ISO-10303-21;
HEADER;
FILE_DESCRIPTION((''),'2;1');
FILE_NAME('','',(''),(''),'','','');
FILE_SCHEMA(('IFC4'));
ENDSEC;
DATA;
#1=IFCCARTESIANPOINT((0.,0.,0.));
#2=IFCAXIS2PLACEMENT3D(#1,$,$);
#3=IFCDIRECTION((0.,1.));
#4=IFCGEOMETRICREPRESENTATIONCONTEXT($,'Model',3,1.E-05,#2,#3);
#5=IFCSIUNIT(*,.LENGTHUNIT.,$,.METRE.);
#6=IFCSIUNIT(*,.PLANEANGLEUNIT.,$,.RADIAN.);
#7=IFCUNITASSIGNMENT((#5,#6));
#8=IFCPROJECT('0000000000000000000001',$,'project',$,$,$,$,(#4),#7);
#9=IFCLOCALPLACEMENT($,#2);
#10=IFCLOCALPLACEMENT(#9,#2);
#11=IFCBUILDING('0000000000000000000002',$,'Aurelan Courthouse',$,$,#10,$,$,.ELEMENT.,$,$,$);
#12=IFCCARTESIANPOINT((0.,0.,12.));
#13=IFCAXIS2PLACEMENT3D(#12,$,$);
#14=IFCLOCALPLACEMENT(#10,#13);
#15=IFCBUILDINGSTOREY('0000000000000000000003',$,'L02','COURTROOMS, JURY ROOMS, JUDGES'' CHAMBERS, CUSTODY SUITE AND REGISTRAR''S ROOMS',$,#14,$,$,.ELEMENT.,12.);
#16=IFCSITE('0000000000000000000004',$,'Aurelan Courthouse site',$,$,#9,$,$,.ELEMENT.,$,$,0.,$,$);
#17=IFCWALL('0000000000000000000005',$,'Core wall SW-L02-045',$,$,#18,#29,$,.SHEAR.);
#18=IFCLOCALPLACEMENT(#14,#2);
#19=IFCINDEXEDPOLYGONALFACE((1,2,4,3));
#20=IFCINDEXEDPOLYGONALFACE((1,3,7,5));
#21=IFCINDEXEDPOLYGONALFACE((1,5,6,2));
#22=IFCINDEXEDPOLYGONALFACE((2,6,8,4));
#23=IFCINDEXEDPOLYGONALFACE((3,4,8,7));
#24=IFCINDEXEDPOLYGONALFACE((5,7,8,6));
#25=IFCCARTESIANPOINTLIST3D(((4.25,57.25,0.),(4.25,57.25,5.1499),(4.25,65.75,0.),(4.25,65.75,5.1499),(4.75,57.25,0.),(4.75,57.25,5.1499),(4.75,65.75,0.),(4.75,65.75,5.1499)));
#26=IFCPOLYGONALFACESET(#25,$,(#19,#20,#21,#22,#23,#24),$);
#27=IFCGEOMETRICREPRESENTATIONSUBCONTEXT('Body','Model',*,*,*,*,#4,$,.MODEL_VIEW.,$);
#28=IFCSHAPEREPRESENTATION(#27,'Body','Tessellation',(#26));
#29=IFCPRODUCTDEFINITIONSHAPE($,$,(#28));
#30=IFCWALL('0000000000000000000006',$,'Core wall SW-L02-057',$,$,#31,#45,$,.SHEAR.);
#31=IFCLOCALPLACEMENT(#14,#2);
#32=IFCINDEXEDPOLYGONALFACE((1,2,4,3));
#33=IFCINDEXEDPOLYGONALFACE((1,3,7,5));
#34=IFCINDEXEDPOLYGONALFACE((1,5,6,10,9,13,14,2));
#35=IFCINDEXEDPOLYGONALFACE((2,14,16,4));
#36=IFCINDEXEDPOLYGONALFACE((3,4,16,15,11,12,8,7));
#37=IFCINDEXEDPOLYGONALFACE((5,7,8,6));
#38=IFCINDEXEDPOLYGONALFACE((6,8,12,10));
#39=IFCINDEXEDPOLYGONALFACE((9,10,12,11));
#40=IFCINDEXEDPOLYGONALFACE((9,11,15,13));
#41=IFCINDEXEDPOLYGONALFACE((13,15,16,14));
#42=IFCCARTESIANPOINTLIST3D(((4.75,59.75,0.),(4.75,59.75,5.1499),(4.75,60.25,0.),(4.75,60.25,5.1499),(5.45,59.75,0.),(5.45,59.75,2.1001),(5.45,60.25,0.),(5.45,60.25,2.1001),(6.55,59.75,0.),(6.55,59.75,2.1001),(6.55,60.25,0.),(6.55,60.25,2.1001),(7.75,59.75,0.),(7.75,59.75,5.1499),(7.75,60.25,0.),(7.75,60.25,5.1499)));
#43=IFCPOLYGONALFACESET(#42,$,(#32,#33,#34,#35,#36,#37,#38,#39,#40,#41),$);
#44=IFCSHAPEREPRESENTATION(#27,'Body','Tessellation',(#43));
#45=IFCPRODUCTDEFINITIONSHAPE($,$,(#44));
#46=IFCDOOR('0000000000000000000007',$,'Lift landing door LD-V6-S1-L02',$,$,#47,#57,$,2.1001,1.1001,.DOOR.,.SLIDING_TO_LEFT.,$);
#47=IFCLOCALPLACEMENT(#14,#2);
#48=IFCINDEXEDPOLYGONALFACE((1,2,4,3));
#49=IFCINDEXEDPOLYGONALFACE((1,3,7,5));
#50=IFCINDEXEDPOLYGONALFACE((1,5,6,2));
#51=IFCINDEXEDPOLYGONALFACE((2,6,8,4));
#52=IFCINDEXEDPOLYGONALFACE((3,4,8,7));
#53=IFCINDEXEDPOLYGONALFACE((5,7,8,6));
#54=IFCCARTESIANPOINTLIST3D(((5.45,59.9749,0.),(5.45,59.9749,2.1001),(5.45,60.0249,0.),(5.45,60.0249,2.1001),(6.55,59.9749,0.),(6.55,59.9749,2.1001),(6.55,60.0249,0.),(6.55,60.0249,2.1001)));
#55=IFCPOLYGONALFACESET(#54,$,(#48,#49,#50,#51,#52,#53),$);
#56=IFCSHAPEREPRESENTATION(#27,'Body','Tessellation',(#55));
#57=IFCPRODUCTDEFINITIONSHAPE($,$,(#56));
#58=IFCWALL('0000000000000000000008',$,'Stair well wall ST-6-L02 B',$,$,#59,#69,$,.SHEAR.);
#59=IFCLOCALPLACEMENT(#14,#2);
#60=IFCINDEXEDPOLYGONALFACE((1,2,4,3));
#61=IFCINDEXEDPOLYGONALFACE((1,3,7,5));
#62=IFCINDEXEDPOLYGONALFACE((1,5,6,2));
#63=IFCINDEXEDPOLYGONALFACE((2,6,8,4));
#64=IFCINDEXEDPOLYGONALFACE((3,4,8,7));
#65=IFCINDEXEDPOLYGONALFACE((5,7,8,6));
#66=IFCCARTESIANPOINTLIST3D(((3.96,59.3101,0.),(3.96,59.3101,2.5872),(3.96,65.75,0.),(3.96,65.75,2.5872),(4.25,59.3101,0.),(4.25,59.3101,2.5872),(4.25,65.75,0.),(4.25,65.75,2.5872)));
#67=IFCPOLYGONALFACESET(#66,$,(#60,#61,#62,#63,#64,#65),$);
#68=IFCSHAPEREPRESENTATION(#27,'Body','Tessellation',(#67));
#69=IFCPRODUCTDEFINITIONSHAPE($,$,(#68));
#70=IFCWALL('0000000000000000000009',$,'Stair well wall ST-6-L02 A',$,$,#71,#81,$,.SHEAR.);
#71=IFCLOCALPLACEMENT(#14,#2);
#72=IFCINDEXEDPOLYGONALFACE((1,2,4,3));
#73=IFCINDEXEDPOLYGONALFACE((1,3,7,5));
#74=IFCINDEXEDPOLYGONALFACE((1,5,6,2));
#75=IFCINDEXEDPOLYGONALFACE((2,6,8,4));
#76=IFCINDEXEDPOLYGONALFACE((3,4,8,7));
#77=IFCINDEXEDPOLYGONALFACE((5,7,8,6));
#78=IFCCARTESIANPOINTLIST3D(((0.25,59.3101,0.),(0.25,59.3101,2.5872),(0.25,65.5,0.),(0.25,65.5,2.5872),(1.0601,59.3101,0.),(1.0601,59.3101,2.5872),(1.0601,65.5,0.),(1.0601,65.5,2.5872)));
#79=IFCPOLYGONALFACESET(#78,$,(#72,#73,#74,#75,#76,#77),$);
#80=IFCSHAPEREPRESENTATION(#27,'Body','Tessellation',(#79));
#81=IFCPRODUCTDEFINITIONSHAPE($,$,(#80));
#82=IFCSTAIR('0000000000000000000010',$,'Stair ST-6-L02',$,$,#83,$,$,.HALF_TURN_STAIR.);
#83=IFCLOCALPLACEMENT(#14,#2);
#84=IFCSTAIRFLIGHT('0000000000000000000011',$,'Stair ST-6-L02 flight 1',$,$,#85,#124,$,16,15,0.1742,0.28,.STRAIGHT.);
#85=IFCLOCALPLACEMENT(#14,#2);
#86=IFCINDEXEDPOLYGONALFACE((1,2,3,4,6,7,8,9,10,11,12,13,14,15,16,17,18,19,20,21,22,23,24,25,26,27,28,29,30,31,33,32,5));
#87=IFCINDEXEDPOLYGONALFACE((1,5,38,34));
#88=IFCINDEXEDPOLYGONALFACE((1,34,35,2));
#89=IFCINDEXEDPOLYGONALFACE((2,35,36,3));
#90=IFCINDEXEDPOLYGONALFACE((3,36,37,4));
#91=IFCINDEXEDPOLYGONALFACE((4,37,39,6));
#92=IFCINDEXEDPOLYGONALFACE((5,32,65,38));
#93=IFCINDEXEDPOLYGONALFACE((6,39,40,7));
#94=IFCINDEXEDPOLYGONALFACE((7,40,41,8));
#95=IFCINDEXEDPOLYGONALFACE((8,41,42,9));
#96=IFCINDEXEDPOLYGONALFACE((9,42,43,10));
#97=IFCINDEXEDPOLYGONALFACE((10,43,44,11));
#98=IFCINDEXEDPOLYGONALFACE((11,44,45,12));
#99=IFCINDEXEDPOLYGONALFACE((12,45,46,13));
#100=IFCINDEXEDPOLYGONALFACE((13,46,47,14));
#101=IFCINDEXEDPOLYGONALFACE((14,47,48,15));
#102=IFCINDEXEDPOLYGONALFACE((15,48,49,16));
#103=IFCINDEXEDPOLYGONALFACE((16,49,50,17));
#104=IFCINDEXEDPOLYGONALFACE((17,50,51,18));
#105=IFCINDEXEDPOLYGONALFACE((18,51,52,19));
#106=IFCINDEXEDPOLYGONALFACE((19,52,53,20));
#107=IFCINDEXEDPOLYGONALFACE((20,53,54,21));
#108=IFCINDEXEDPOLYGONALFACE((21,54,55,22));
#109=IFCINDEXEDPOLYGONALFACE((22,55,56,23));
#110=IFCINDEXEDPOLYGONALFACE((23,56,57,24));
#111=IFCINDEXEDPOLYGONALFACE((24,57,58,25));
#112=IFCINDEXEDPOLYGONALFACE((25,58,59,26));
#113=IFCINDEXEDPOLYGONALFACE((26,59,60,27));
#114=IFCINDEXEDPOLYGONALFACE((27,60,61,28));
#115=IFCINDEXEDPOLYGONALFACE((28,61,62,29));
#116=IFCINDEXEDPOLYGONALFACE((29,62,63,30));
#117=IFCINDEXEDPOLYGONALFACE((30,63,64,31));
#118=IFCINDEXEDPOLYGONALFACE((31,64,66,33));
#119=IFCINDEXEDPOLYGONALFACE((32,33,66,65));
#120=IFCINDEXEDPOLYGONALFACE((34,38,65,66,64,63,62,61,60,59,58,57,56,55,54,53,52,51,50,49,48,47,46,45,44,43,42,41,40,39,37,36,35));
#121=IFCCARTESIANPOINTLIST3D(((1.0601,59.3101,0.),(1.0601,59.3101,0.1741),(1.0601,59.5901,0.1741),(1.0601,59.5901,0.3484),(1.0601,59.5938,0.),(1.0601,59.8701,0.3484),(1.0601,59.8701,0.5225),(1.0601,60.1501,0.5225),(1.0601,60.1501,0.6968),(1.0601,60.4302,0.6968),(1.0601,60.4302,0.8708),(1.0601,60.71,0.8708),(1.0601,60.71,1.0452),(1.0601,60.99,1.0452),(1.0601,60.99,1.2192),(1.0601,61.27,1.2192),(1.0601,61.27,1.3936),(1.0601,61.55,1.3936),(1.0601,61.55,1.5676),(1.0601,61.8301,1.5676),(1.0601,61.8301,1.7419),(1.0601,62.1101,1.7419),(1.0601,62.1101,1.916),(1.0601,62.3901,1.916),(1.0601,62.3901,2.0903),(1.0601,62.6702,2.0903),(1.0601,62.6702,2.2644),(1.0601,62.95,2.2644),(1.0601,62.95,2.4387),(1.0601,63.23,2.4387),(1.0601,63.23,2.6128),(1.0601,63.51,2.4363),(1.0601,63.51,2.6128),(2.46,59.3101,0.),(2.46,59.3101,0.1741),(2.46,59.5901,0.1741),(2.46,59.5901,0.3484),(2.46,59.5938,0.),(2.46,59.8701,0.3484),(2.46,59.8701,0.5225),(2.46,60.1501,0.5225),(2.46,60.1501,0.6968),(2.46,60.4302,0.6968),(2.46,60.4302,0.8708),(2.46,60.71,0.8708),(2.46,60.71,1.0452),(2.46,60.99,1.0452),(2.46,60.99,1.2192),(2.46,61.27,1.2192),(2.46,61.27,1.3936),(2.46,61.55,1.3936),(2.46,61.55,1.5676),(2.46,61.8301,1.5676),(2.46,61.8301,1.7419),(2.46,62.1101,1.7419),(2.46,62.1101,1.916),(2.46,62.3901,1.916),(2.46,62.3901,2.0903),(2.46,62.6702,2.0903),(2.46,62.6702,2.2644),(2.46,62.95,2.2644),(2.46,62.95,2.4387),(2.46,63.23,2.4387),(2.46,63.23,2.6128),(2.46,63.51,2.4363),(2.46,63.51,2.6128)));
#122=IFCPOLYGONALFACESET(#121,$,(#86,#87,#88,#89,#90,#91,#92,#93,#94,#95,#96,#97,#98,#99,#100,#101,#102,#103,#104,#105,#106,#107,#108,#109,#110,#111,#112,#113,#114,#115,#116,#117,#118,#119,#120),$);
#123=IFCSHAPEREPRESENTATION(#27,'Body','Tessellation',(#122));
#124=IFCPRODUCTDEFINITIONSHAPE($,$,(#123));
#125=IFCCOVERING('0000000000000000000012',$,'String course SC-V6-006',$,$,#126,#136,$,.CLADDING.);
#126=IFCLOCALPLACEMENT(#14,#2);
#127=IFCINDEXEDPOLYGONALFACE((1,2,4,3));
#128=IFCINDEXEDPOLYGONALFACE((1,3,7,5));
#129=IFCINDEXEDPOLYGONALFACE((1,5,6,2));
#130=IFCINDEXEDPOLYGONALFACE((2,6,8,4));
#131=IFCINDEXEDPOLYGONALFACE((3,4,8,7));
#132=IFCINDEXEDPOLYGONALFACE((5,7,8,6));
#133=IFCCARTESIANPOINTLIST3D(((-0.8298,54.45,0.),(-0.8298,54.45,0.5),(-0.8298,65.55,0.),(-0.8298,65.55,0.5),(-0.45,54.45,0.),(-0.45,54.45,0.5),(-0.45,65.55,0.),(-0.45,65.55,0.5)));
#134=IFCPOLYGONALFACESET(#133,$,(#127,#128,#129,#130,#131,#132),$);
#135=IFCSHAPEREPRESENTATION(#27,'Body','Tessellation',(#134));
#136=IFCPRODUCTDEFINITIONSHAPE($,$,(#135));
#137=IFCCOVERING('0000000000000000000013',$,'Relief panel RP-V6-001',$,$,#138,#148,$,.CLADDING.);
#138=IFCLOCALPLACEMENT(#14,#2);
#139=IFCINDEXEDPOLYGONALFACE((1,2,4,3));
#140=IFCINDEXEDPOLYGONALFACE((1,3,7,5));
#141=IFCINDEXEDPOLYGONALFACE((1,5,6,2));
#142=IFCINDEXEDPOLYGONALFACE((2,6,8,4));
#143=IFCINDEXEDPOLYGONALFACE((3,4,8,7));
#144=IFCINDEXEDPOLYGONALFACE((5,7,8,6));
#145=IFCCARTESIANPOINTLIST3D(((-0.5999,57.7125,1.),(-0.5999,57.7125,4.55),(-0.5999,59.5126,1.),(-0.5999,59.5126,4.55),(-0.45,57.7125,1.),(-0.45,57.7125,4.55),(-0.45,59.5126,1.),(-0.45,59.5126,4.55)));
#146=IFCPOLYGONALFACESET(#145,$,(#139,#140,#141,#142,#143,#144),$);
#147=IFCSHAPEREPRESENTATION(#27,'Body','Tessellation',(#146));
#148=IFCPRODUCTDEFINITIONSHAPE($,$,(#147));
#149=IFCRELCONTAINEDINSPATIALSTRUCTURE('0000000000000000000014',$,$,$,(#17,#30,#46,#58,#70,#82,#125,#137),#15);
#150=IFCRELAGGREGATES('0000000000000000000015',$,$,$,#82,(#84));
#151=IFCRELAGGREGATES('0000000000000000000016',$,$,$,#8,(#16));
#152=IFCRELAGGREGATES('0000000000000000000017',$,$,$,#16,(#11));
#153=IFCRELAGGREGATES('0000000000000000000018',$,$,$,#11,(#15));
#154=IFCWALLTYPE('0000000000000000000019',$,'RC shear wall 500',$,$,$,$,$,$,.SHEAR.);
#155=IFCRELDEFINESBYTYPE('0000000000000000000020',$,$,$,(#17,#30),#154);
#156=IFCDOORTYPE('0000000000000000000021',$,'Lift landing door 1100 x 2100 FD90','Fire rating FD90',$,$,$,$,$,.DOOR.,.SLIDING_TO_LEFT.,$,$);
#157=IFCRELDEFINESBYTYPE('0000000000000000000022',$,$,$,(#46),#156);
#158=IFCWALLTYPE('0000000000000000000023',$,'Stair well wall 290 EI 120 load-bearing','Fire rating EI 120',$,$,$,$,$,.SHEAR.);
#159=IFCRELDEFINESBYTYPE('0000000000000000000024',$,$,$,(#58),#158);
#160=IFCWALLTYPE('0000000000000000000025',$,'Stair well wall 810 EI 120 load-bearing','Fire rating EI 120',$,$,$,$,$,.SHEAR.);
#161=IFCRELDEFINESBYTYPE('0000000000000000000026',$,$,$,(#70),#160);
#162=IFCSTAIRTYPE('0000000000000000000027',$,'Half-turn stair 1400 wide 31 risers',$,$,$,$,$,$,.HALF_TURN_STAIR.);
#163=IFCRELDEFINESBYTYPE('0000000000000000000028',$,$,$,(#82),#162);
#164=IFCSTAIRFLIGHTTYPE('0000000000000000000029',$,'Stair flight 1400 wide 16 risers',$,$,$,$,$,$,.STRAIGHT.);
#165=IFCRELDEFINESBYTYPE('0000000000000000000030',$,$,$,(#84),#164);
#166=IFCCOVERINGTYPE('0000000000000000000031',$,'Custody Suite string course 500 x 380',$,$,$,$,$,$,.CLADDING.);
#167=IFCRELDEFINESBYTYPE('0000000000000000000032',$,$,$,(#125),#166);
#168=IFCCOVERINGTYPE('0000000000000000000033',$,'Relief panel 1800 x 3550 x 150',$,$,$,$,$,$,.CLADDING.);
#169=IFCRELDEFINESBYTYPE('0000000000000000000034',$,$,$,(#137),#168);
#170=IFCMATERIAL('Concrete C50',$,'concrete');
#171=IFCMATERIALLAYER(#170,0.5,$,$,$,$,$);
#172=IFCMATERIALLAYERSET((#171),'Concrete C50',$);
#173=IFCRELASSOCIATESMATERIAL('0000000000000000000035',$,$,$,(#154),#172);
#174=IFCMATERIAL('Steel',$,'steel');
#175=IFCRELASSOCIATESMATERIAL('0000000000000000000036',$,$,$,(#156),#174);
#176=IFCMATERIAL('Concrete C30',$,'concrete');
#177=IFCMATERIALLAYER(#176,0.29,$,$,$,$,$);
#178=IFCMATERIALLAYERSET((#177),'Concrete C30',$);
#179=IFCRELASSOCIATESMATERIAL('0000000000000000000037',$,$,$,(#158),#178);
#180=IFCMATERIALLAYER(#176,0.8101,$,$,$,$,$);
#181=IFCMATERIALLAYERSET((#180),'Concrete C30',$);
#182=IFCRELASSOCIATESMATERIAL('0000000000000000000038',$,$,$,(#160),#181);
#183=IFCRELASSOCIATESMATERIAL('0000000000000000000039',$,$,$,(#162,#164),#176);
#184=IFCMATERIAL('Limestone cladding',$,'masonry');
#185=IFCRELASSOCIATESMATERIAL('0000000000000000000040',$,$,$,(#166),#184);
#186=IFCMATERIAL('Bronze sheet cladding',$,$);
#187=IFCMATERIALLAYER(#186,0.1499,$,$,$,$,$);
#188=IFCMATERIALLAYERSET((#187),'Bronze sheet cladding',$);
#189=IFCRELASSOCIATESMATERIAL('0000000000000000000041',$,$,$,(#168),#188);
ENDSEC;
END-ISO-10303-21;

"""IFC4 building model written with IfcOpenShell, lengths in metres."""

from ifc_helpers import new_model, si_unit, direction, frame, frame_2d, origin, origin_2d, place, context, subcontext, project, spatial, polyline, rectangle, outline, extrude, material, layer, layer_set, type_object, element, fill, aggregate, save


model = new_model("IFC4")

# Units and contexts
model_context = context("Model", 3, precision=1e-05, world=origin(), true_north=direction((0.0, 1.0)))
body_context = subcontext(model_context, "Body", "Model", "MODEL_VIEW")
ifc_project = project(units=[si_unit("LENGTHUNIT", "METRE"), si_unit("PLANEANGLEUNIT", "RADIAN")], contexts=[model_context])

# Site, building, storey
site_placement = place(None, origin())
site = spatial("IfcSite", under=ifc_project, at=site_placement, Name="Aurelan Courthouse site", CompositionType="ELEMENT", RefElevation=0.0)
building_placement = place(site_placement, origin())
building = spatial("IfcBuilding", under=site, at=building_placement, Name="Aurelan Courthouse", CompositionType="ELEMENT")
storey_placement = place(building_placement, frame((0.0, 0.0, 12.0)))
storey = spatial("IfcBuildingStorey", under=building, at=storey_placement, Name="L02", Description="COURTROOMS, JURY ROOMS, JUDGES' CHAMBERS, CUSTODY SUITE AND REGISTRAR'S ROOMS", CompositionType="ELEMENT", Elevation=12.0)

# Shared definitions
ifc_material_1 = material(Name="Concrete C50", Category="concrete")

# Shared definitions
ifc_material_2 = material(Name="Limestone cladding", Category="masonry")
ifc_material_3 = material(Name="Concrete C30", Category="concrete")

# Shared definitions
ifc_layer_1 = layer(ifc_material_1, 0.5)
ifc_layer_set_1 = layer_set([ifc_layer_1], Name="Concrete C50")
wall_type_1 = type_object("IfcWallType", Name="RC shear wall 500", PredefinedType="SHEAR", material=ifc_layer_set_1)
ifc_material_4 = material(Name="Steel", Category="steel")

# Wall
wall_1_placement = place(storey_placement, frame((4.5, 57.25, 0.0), z_axis=(0.0, 0.0, 1.0), x_axis=(0.0, 1.0, 0.0)))
element("IfcWall", 1, at=wall_1_placement, inside=storey, type_object=wall_type_1, Name="Core wall SW-L02-045", PredefinedType="SHEAR", context=body_context, shape_type="SweptSolid", body=[
    extrude(rectangle(XDim=8.5, YDim=0.5, at=frame_2d((4.25, 0.0))), origin(), (0.0, 0.0, 1.0), 5.1499),
])

# Wall, opening, door
wall_2_placement = place(storey_placement, frame((4.75, 60.0, 0.0), z_axis=(0.0, 0.0, 1.0), x_axis=(1.0, 0.0, 0.0)))
wall_2 = element("IfcWall", 2, at=wall_2_placement, inside=storey, type_object=wall_type_1, Name="Core wall SW-L02-057", PredefinedType="SHEAR", context=body_context, shape_type="SweptSolid", body=[
    extrude(rectangle(XDim=3.0, YDim=0.5, at=frame_2d((1.5, 0.0))), origin(), (0.0, 0.0, 1.0), 5.1499),
])
opening_1_placement = place(wall_2_placement, frame((0.7, 0.0, 0.0)))
opening_1 = element("IfcOpeningElement", 3, at=opening_1_placement, cuts=wall_2, PredefinedType="OPENING", context=body_context, shape_type="SweptSolid", body=[
    extrude(rectangle(XDim=1.1001, YDim=2.1001, at=frame_2d((0.55, 1.05))), frame((0.0, 0.26, 0.0), z_axis=(0.0, -1.0, 0.0), x_axis=(1.0, 0.0, 0.0)), (0.0, 0.0, 1.0), 0.52),
])
door_type_1 = type_object("IfcDoorType", Name="Lift landing door 1100 x 2100 FD90", Description="Fire rating FD90", OperationType="SLIDING_TO_LEFT", PredefinedType="DOOR", material=ifc_material_4)
door_1_placement = place(opening_1_placement, origin())
door_1 = element("IfcDoor", 4, at=door_1_placement, inside=storey, type_object=door_type_1, Name="Lift landing door LD-V6-S1-L02", OperationType="SLIDING_TO_LEFT", OverallHeight=2.1001, OverallWidth=1.1001, PredefinedType="DOOR", context=body_context, shape_type="SweptSolid", body=[
    extrude(rectangle(XDim=1.1001, YDim=2.1001, at=frame_2d((0.55, 1.05))), frame((0.0, 0.0249, 0.0), z_axis=(0.0, -1.0, 0.0), x_axis=(1.0, 0.0, 0.0)), (0.0, 0.0, 1.0), 0.05),
])
fill(opening_1, door_1)

# Walls
ifc_layer_2 = layer(ifc_material_3, 0.29)
ifc_layer_set_2 = layer_set([ifc_layer_2], Name="Concrete C30")
wall_type_2 = type_object("IfcWallType", Name="Stair well wall 290 EI 120 load-bearing", Description="Fire rating EI 120", PredefinedType="SHEAR", material=ifc_layer_set_2)
wall_3_placement = place(storey_placement, frame((4.105, 59.3101, 0.0), z_axis=(0.0, 0.0, 1.0), x_axis=(0.0, 1.0, 0.0)))
element("IfcWall", 5, at=wall_3_placement, inside=storey, type_object=wall_type_2, Name="Stair well wall ST-6-L02 B", PredefinedType="SHEAR", context=body_context, shape_type="SweptSolid", body=[
    extrude(rectangle(XDim=6.4399, YDim=0.29, at=frame_2d((3.22, 0.0))), origin(), (0.0, 0.0, 1.0), 2.5872),
])
ifc_layer_3 = layer(ifc_material_3, 0.8101)
ifc_layer_set_3 = layer_set([ifc_layer_3], Name="Concrete C30")
wall_type_3 = type_object("IfcWallType", Name="Stair well wall 810 EI 120 load-bearing", Description="Fire rating EI 120", PredefinedType="SHEAR", material=ifc_layer_set_3)
wall_4_placement = place(storey_placement, frame((0.655, 59.3101, 0.0), z_axis=(0.0, 0.0, 1.0), x_axis=(0.0, 1.0, 0.0)))
element("IfcWall", 6, at=wall_4_placement, inside=storey, type_object=wall_type_3, Name="Stair well wall ST-6-L02 A", PredefinedType="SHEAR", context=body_context, shape_type="SweptSolid", body=[
    extrude(rectangle(XDim=6.1899, YDim=0.8101, at=frame_2d((3.095, 0.0))), origin(), (0.0, 0.0, 1.0), 2.5872),
])

# Stair, stair flight
stair_type = type_object("IfcStairType", Name="Half-turn stair 1400 wide 31 risers", PredefinedType="HALF_TURN_STAIR", material=ifc_material_3)
stair_placement = place(storey_placement, origin())
stair = element("IfcStair", 7, at=stair_placement, inside=storey, type_object=stair_type, Name="Stair ST-6-L02", PredefinedType="HALF_TURN_STAIR")
stair_flight_type = type_object("IfcStairFlightType", Name="Stair flight 1400 wide 16 risers", PredefinedType="STRAIGHT", material=ifc_material_3)
stair_flight_placement = place(storey_placement, frame((1.76, 59.3101, 0.0), z_axis=(0.0, 0.0, 1.0), x_axis=(0.0, 1.0, 0.0)))
stair_flight = element("IfcStairFlight", 8, at=stair_flight_placement, type_object=stair_flight_type, Name="Stair ST-6-L02 flight 1", NumberOfRisers=16, NumberOfTreads=15, PredefinedType="STRAIGHT", RiserHeight=0.1742, TreadLength=0.28, context=body_context, shape_type="SweptSolid", body=[
    extrude(outline(polyline([(0.0, 0.0), (0.0, 0.1741), (0.28, 0.1741), (0.28, 0.3484), (0.5601, 0.3484), (0.5601, 0.5225), (0.8401, 0.5225), (0.8401, 0.6968), (1.1201, 0.6968), (1.1201, 0.8708), (1.3999, 0.8708), (1.3999, 1.0452), (1.6799, 1.0452), (1.6799, 1.2192), (1.96, 1.2192), (1.96, 1.3936), (2.24, 1.3936), (2.24, 1.5676), (2.52, 1.5676), (2.52, 1.7419), (2.8, 1.7419), (2.8, 1.916), (3.0801, 1.916), (3.0801, 2.0903), (3.3601, 2.0903), (3.3601, 2.2644), (3.6399, 2.2644), (3.6399, 2.4387), (3.9199, 2.4387), (3.9199, 2.6128), (4.2, 2.6128), (4.2, 2.7871), (4.2, 2.4363), (0.2837, 0.0), (0.0, 0.0)])), frame((0.0, 0.7, 0.0), z_axis=(0.0, -1.0, 0.0), x_axis=(1.0, 0.0, 0.0)), (0.0, 0.0, 1.0), 1.3999),
])
aggregate(stair, [stair_flight])

# Coverings
covering_type_1 = type_object("IfcCoveringType", Name="Custody Suite string course 500 x 380", PredefinedType="CLADDING", material=ifc_material_2)
covering_1_placement = place(storey_placement, frame((-0.6399, 60.0, 0.0), z_axis=(0.0, 0.0, 1.0), x_axis=(1.0, 0.0, 0.0)))
element("IfcCovering", 9, at=covering_1_placement, inside=storey, type_object=covering_type_1, Name="String course SC-V6-006", PredefinedType="CLADDING", context=body_context, shape_type="SweptSolid", body=[
    extrude(rectangle(XDim=0.3799, YDim=11.1001, at=origin_2d()), origin(), (0.0, 0.0, 1.0), 0.5),
])
ifc_material_5 = material(Name="Bronze sheet cladding")
ifc_layer_4 = layer(ifc_material_5, 0.1499)
ifc_layer_set_4 = layer_set([ifc_layer_4], Name="Bronze sheet cladding")
covering_type_2 = type_object("IfcCoveringType", Name="Relief panel 1800 x 3550 x 150", PredefinedType="CLADDING", material=ifc_layer_set_4)
covering_2_placement = place(storey_placement, frame((-0.5249, 58.6125, 1.0), z_axis=(0.0, 0.0, 1.0), x_axis=(1.0, 0.0, 0.0)))
element("IfcCovering", 10, at=covering_2_placement, inside=storey, type_object=covering_type_2, Name="Relief panel RP-V6-001", PredefinedType="CLADDING", context=body_context, shape_type="SweptSolid", body=[
    extrude(rectangle(XDim=0.1499, YDim=1.8, at=origin_2d()), origin(), (0.0, 0.0, 1.0), 3.55),
])

save(model, "model.ifc")
